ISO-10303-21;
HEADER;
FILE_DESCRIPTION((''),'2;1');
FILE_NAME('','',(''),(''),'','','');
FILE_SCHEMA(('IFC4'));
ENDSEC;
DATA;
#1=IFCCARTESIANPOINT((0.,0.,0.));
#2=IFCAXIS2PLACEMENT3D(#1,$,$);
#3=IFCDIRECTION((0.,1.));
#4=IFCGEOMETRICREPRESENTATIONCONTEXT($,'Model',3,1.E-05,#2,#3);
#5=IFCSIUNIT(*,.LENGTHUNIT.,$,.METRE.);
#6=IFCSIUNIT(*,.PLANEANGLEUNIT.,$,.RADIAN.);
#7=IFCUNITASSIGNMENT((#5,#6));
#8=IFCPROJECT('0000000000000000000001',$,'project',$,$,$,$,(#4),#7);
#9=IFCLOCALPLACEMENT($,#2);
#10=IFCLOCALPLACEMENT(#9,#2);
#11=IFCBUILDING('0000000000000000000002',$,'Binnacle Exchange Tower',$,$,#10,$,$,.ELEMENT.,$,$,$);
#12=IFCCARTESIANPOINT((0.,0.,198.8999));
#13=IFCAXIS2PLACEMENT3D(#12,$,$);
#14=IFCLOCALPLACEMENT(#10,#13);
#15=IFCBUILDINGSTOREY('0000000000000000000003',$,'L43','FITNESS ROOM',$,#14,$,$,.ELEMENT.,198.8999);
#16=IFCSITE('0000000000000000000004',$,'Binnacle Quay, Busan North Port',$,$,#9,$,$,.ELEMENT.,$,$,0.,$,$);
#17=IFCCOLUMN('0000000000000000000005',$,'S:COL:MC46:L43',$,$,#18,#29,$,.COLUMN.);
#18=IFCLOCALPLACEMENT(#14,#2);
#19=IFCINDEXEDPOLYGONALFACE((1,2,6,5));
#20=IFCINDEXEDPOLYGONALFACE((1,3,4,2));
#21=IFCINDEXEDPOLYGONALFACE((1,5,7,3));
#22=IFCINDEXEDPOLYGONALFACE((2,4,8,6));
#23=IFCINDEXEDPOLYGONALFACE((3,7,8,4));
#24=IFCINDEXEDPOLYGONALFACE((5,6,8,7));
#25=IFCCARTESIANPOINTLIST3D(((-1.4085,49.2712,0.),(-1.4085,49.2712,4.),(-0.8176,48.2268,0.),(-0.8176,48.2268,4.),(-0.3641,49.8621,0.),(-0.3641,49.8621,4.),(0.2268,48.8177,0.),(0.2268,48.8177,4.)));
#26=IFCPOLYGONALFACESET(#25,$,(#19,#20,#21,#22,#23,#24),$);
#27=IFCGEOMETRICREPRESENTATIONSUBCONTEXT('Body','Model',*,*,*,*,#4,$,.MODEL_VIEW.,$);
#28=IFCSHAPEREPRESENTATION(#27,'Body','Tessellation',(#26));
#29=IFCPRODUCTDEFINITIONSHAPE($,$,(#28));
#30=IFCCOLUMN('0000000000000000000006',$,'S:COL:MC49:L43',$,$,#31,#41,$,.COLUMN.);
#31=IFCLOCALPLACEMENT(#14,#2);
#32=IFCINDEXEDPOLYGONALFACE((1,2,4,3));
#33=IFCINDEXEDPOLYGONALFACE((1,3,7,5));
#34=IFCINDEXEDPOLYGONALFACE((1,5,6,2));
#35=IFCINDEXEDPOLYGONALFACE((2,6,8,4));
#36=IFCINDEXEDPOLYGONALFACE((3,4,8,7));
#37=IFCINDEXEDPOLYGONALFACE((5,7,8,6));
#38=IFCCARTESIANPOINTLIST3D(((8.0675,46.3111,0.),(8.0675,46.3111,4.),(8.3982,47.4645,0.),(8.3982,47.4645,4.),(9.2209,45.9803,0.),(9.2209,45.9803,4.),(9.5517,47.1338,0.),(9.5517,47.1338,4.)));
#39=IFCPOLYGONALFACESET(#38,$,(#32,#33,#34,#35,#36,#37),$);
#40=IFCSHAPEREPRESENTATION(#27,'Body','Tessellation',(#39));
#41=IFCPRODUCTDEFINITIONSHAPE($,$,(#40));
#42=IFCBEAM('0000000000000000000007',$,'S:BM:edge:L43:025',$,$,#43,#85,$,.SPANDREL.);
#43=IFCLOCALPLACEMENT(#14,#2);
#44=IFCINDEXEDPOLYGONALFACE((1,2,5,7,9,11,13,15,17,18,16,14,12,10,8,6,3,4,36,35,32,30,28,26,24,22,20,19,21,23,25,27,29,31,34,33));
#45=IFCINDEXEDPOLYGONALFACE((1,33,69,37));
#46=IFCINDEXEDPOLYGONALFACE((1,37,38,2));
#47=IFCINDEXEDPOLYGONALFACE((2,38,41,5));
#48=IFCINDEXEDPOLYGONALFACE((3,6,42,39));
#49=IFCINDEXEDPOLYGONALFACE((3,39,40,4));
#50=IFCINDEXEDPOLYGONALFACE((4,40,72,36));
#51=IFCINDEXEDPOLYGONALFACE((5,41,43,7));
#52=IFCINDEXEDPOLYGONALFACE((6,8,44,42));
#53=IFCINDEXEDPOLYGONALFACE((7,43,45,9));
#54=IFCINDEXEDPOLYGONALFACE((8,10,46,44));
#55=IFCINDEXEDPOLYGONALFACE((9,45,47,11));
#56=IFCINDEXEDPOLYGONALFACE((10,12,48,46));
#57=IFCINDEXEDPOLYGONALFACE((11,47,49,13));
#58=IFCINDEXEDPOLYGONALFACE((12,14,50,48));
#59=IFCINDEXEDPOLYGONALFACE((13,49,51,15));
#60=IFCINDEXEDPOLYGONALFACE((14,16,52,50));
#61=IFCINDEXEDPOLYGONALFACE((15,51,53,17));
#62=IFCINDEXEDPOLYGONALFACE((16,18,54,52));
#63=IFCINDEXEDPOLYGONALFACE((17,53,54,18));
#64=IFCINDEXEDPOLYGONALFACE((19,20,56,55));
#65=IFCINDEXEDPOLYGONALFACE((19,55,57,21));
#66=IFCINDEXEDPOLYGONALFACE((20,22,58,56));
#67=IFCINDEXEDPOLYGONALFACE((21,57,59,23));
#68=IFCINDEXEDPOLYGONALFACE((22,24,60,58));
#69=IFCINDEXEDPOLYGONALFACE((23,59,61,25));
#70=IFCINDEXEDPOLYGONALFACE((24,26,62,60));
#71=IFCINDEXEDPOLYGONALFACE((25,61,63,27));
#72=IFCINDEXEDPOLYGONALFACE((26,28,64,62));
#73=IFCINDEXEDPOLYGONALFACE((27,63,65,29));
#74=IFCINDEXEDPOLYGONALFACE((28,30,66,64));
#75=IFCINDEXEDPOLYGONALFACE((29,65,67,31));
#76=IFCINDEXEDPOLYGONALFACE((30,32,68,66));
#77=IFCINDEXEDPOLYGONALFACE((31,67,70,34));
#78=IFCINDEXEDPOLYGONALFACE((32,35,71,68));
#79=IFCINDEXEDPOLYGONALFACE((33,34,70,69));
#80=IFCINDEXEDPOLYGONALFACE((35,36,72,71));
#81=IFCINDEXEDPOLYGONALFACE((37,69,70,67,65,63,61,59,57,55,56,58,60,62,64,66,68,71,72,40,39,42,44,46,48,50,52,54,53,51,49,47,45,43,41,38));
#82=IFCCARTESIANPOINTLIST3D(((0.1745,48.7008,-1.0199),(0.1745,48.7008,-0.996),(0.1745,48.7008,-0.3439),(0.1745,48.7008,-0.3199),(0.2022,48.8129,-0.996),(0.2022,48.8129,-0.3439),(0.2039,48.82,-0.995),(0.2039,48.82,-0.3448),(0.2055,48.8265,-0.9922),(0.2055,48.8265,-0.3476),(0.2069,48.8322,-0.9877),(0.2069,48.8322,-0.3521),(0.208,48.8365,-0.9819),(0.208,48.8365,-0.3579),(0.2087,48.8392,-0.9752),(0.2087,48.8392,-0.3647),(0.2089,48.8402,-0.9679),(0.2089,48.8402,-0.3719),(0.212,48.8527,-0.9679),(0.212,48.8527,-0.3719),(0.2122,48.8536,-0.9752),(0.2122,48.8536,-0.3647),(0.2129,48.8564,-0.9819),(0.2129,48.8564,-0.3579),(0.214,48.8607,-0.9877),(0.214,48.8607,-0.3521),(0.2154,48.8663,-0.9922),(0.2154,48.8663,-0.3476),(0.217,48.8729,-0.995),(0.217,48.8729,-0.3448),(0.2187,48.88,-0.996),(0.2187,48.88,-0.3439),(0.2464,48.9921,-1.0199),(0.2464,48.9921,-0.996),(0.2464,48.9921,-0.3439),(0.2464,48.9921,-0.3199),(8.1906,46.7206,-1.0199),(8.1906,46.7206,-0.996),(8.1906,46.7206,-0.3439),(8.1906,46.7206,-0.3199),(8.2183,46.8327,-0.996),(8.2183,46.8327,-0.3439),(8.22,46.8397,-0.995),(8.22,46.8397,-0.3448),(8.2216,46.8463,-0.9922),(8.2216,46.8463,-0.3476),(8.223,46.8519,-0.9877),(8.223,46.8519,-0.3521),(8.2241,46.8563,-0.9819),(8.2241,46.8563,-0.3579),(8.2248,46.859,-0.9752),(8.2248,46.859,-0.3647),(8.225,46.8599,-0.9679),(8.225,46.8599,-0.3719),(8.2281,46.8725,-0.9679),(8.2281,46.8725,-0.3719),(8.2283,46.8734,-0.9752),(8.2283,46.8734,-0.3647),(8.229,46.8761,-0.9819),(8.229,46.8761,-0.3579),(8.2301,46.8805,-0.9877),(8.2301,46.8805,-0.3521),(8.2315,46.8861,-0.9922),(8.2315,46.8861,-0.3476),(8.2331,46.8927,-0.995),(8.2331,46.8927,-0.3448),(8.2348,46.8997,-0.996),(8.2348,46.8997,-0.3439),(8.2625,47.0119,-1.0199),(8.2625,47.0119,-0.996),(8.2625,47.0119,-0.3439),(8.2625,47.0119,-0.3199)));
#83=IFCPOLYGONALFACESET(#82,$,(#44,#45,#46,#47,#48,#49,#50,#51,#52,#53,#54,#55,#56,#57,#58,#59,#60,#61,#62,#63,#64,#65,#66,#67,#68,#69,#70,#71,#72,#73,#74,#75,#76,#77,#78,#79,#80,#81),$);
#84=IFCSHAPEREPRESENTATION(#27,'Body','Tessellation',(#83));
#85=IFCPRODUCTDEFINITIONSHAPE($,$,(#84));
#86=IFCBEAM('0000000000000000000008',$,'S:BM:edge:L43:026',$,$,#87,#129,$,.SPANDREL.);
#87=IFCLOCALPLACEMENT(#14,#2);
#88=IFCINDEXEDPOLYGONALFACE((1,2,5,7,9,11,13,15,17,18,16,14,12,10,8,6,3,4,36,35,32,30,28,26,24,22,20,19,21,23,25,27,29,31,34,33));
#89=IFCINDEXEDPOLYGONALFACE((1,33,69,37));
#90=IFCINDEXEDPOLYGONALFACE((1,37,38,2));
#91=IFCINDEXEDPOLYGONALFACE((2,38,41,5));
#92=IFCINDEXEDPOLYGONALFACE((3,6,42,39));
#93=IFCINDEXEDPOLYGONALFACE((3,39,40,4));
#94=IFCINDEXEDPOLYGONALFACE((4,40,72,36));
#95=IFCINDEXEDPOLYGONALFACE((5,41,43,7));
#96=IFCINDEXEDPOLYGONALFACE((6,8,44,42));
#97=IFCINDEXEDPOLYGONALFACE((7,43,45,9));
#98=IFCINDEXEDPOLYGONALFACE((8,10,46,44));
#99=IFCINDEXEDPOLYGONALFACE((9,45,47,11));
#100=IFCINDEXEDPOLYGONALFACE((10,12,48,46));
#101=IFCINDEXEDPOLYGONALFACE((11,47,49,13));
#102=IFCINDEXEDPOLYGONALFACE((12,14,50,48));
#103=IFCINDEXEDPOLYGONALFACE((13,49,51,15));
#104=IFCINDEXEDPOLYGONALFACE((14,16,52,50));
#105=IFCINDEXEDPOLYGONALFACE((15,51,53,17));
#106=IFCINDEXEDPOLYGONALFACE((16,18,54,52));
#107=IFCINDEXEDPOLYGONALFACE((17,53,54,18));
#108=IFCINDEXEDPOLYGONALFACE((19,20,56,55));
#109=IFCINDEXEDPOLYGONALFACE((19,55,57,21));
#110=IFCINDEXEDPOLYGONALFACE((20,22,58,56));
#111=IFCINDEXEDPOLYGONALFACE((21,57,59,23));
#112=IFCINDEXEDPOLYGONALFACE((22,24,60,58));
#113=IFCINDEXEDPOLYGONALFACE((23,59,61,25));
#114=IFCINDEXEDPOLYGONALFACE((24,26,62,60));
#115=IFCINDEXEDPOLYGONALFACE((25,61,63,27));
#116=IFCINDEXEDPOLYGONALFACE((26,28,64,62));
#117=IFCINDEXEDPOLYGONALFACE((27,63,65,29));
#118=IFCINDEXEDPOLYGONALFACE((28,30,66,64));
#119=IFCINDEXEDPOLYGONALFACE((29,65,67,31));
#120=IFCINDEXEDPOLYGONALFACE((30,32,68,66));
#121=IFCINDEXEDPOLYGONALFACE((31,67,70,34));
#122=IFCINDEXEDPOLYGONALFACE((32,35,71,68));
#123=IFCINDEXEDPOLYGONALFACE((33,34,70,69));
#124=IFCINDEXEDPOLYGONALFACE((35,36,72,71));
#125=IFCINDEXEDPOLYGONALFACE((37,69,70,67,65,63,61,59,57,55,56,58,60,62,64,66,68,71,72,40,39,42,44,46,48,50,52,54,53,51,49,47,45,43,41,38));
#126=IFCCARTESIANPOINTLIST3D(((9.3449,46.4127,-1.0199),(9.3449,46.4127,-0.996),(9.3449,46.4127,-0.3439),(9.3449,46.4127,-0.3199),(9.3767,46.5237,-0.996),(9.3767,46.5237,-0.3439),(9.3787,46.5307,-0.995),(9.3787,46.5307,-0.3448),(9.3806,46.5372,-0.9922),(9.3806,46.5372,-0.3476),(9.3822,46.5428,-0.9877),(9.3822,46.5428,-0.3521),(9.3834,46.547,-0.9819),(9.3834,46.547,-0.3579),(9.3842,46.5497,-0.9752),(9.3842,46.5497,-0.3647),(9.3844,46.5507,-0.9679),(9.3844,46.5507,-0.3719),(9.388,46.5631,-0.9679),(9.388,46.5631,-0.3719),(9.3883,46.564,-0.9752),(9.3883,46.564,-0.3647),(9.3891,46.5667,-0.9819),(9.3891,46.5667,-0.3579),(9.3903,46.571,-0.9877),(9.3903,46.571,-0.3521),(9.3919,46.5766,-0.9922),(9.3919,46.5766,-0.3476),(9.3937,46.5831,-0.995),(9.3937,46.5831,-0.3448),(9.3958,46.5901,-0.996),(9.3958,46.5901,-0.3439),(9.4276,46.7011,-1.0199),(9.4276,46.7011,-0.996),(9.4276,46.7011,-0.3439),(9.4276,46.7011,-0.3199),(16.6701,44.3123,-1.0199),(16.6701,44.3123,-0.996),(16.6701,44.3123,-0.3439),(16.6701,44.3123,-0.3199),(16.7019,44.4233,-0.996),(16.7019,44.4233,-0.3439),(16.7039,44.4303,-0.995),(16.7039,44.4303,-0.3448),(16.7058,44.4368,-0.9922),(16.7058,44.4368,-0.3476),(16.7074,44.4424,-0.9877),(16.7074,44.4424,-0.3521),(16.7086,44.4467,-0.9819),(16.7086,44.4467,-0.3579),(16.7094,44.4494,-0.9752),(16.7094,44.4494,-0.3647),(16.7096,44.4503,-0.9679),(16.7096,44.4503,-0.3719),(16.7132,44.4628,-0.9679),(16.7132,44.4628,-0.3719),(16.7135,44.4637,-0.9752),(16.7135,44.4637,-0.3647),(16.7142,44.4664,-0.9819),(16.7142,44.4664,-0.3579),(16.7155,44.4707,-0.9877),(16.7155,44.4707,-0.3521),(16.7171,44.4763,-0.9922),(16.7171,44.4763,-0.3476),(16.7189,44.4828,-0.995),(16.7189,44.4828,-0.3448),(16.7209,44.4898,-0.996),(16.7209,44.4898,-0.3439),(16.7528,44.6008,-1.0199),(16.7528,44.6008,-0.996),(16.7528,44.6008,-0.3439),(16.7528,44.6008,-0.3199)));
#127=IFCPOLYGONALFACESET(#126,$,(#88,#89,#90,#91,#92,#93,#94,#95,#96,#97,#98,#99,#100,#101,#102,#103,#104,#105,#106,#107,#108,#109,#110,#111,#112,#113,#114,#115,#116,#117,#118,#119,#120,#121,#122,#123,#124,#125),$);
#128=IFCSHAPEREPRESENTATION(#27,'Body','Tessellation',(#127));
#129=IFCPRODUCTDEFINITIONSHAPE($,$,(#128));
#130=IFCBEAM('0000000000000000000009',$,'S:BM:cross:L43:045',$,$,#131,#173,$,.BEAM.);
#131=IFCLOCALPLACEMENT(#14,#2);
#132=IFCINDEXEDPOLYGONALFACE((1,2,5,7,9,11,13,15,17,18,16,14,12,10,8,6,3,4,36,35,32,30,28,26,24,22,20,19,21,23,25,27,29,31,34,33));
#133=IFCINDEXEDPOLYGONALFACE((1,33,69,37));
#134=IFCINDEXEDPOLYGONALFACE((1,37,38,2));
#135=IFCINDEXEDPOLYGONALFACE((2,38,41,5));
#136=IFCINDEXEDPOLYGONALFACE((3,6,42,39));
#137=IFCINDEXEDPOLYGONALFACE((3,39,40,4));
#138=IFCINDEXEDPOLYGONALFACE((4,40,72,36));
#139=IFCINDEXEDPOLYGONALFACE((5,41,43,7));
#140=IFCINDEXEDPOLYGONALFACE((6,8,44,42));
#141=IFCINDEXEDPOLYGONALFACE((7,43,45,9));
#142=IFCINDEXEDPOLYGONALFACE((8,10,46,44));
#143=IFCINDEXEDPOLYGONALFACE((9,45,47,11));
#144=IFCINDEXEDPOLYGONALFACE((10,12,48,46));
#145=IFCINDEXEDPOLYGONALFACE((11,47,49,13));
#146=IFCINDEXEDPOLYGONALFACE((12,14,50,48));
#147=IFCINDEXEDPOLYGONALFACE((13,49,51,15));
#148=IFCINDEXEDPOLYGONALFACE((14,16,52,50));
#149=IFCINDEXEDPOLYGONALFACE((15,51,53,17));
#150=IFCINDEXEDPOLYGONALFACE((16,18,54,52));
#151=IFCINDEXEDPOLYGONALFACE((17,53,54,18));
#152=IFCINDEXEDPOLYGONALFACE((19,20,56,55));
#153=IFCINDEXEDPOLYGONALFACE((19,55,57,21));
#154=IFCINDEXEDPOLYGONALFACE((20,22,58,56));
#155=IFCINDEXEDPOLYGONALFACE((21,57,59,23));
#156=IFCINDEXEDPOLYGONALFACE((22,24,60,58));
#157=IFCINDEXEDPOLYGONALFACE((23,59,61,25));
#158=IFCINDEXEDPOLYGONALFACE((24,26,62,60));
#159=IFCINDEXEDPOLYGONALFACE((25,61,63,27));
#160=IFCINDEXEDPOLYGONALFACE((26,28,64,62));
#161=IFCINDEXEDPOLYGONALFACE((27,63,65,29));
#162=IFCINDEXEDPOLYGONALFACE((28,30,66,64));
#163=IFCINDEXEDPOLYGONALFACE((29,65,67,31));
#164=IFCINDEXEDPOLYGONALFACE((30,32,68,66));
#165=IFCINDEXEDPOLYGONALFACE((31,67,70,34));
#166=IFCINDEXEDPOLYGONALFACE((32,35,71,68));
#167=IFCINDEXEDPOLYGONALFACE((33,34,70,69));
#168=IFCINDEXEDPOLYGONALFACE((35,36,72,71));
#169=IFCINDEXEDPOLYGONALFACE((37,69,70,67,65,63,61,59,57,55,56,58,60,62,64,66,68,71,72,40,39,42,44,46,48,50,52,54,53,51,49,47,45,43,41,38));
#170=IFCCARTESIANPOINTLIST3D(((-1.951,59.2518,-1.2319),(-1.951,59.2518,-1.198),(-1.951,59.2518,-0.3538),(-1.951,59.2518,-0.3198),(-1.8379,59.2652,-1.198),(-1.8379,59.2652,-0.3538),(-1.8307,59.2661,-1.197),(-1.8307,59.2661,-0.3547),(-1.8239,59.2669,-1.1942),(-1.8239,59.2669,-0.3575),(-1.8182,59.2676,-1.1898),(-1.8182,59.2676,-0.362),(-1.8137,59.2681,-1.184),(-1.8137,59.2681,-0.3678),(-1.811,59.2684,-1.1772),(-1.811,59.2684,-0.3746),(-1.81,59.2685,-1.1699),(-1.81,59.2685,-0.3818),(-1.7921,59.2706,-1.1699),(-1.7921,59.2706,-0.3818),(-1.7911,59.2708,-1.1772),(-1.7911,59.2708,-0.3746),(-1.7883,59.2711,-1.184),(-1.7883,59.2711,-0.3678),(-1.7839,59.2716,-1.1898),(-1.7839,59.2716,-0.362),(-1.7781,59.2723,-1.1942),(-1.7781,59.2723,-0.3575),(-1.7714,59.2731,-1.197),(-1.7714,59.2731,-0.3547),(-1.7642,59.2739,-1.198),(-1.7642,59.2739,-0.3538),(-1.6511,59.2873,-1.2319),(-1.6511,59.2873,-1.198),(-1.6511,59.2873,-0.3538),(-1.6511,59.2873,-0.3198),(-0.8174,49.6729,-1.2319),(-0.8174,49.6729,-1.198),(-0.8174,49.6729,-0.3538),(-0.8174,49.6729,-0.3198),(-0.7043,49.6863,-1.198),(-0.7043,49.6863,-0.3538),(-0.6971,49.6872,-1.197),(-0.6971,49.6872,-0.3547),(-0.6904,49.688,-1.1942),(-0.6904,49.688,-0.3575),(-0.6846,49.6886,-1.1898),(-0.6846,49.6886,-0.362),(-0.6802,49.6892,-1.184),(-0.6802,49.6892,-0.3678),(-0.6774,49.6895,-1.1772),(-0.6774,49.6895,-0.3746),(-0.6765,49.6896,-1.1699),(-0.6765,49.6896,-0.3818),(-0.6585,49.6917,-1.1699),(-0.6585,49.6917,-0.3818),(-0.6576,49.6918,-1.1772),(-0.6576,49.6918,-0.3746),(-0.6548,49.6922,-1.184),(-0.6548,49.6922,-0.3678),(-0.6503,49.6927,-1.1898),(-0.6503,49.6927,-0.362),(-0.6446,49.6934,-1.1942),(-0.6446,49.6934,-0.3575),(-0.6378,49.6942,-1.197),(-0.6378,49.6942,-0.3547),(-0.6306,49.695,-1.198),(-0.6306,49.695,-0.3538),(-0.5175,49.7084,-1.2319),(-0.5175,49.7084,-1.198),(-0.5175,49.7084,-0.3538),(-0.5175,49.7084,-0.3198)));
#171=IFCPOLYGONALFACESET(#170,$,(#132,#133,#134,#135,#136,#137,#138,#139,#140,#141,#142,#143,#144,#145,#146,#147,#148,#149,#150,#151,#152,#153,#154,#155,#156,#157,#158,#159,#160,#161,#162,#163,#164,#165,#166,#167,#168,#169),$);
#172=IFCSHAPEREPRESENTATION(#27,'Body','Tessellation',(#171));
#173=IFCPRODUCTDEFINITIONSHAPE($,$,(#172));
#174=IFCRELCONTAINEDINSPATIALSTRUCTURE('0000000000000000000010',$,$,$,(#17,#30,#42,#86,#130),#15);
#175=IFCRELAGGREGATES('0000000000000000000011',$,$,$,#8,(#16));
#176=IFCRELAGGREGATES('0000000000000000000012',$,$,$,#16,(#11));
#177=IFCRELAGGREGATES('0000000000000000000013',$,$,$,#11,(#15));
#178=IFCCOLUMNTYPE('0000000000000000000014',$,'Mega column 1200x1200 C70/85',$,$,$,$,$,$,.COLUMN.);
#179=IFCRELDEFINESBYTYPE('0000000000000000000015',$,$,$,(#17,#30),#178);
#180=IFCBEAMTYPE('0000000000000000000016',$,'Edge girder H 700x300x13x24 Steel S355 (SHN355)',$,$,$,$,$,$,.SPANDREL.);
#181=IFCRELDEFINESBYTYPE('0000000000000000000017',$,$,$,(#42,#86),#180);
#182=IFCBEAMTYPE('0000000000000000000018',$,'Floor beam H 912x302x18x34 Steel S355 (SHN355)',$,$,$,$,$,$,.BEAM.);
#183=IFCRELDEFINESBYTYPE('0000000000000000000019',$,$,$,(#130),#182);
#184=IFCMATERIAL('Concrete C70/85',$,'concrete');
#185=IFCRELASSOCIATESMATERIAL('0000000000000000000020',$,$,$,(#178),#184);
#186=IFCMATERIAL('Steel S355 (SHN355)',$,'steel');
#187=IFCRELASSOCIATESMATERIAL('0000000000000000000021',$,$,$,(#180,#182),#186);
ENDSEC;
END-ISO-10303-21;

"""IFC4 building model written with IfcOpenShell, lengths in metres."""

from ifc_helpers import new_model, si_unit, direction, frame, origin, origin_2d, place, context, subcontext, project, spatial, rectangle, i_section, extrude, material, material_profile, profile_set, type_object, element, save


model = new_model("IFC4")

# Units and contexts
model_context = context("Model", 3, precision=1e-05, world=origin(), true_north=direction((0.0, 1.0)))
body_context = subcontext(model_context, "Body", "Model", "MODEL_VIEW")
ifc_project = project(units=[si_unit("LENGTHUNIT", "METRE"), si_unit("PLANEANGLEUNIT", "RADIAN")], contexts=[model_context])

# Site, building, storey
site_placement = place(None, origin())
site = spatial("IfcSite", under=ifc_project, at=site_placement, Name="Binnacle Quay, Busan North Port", CompositionType="ELEMENT", RefElevation=0.0)
building_placement = place(site_placement, origin())
building = spatial("IfcBuilding", under=site, at=building_placement, Name="Binnacle Exchange Tower", CompositionType="ELEMENT")
storey_placement = place(building_placement, frame((0.0, 0.0, 198.8999)))
storey = spatial("IfcBuildingStorey", under=building, at=storey_placement, Name="L43", Description="FITNESS ROOM", CompositionType="ELEMENT", Elevation=198.8999)

# Columns
ifc_material_1 = material(Name="Concrete C70/85", Category="concrete")
ifc_material_profile_1 = material_profile(ifc_material_1, rectangle(XDim=1.2, YDim=1.2, at=origin_2d()), Name="Mega column 1200x1200 C70/85")
ifc_profile_set_1 = profile_set([ifc_material_profile_1], Name="Concrete C70/85")
column_type = type_object("IfcColumnType", Name="Mega column 1200x1200 C70/85", PredefinedType="COLUMN", material=ifc_profile_set_1)
for number, where, z_axis, x_axis, name in (
    (1, (-0.5908, 49.0444, 0.0), (0.0, 0.0, 1.0), (0.870356, 0.492424, 0.0), "S:COL:MC46:L43"),
    (2, (8.8096, 46.7224, 0.0), (0.0, 0.0, 1.0), (0.961262, -0.275637, 0.0), "S:COL:MC49:L43"),
):
    element("IfcColumn", number, at=place(storey_placement, frame(where, z_axis=z_axis, x_axis=x_axis)), inside=storey, type_object=column_type, Name=name, PredefinedType="COLUMN", context=body_context, shape_type="SweptSolid", body=[
        extrude(rectangle(XDim=1.2, YDim=1.2, at=origin_2d()), origin(), (0.0, 0.0, 1.0), 4.0),
    ])

# Beams
ifc_material_2 = material(Name="Steel S355 (SHN355)", Category="steel")
ifc_material_profile_2 = material_profile(ifc_material_2, i_section(OverallWidth=0.3, OverallDepth=0.7, WebThickness=0.0129, FlangeThickness=0.0239, FilletRadius=0.0281, at=origin_2d()), Name="H 700x300x13x24")
ifc_profile_set_2 = profile_set([ifc_material_profile_2], Name="Steel S355 (SHN355)")
beam_type_1 = type_object("IfcBeamType", Name="Edge girder H 700x300x13x24 Steel S355 (SHN355)", PredefinedType="SPANDREL", material=ifc_profile_set_2)
beam_1_placement = place(storey_placement, frame((0.2104, 48.8464, -0.6699), z_axis=(0.970817, -0.239821, 0.0), x_axis=(0.239821, 0.970817, 0.0)))
element("IfcBeam", 3, at=beam_1_placement, inside=storey, type_object=beam_type_1, Name="S:BM:edge:L43:025", PredefinedType="SPANDREL", context=body_context, shape_type="SweptSolid", body=[
    extrude(i_section(OverallWidth=0.3, OverallDepth=0.7, WebThickness=0.0129, FlangeThickness=0.0239, FilletRadius=0.0281, at=origin_2d()), origin(), (0.0, 0.0, 1.0), 8.2571),
])
beam_2_placement = place(storey_placement, frame((9.3862, 46.5569, -0.6699), z_axis=(0.961266, -0.275622, 0.0), x_axis=(0.275622, 0.961266, 0.0)))
element("IfcBeam", 4, at=beam_2_placement, inside=storey, type_object=beam_type_1, Name="S:BM:edge:L43:026", PredefinedType="SPANDREL", context=body_context, shape_type="SweptSolid", body=[
    extrude(i_section(OverallWidth=0.3, OverallDepth=0.7, WebThickness=0.0129, FlangeThickness=0.0239, FilletRadius=0.0281, at=origin_2d()), origin(), (0.0, 0.0, 1.0), 7.6204),
])
ifc_material_profile_3 = material_profile(ifc_material_2, i_section(OverallWidth=0.302, OverallDepth=0.9121, WebThickness=0.0181, FlangeThickness=0.0339, FilletRadius=0.0281, at=origin_2d()), Name="H 912x302x18x34")
ifc_profile_set_3 = profile_set([ifc_material_profile_3], Name="Steel S355 (SHN355)")
beam_type_2 = type_object("IfcBeamType", Name="Floor beam H 912x302x18x34 Steel S355 (SHN355)", PredefinedType="BEAM", material=ifc_profile_set_3)
beam_3_placement = place(storey_placement, frame((-0.6675, 49.6907, -0.7759), z_axis=(-0.117518, 0.993071, 0.0), x_axis=(-0.993071, -0.117518, 0.0)))
element("IfcBeam", 5, at=beam_3_placement, inside=storey, type_object=beam_type_2, Name="S:BM:cross:L43:045", PredefinedType="BEAM", context=body_context, shape_type="SweptSolid", body=[
    extrude(i_section(OverallWidth=0.302, OverallDepth=0.9121, WebThickness=0.0181, FlangeThickness=0.0339, FilletRadius=0.0281, at=origin_2d()), origin(), (0.0, 0.0, 1.0), 9.6458),
])

save(model, "model.ifc")
